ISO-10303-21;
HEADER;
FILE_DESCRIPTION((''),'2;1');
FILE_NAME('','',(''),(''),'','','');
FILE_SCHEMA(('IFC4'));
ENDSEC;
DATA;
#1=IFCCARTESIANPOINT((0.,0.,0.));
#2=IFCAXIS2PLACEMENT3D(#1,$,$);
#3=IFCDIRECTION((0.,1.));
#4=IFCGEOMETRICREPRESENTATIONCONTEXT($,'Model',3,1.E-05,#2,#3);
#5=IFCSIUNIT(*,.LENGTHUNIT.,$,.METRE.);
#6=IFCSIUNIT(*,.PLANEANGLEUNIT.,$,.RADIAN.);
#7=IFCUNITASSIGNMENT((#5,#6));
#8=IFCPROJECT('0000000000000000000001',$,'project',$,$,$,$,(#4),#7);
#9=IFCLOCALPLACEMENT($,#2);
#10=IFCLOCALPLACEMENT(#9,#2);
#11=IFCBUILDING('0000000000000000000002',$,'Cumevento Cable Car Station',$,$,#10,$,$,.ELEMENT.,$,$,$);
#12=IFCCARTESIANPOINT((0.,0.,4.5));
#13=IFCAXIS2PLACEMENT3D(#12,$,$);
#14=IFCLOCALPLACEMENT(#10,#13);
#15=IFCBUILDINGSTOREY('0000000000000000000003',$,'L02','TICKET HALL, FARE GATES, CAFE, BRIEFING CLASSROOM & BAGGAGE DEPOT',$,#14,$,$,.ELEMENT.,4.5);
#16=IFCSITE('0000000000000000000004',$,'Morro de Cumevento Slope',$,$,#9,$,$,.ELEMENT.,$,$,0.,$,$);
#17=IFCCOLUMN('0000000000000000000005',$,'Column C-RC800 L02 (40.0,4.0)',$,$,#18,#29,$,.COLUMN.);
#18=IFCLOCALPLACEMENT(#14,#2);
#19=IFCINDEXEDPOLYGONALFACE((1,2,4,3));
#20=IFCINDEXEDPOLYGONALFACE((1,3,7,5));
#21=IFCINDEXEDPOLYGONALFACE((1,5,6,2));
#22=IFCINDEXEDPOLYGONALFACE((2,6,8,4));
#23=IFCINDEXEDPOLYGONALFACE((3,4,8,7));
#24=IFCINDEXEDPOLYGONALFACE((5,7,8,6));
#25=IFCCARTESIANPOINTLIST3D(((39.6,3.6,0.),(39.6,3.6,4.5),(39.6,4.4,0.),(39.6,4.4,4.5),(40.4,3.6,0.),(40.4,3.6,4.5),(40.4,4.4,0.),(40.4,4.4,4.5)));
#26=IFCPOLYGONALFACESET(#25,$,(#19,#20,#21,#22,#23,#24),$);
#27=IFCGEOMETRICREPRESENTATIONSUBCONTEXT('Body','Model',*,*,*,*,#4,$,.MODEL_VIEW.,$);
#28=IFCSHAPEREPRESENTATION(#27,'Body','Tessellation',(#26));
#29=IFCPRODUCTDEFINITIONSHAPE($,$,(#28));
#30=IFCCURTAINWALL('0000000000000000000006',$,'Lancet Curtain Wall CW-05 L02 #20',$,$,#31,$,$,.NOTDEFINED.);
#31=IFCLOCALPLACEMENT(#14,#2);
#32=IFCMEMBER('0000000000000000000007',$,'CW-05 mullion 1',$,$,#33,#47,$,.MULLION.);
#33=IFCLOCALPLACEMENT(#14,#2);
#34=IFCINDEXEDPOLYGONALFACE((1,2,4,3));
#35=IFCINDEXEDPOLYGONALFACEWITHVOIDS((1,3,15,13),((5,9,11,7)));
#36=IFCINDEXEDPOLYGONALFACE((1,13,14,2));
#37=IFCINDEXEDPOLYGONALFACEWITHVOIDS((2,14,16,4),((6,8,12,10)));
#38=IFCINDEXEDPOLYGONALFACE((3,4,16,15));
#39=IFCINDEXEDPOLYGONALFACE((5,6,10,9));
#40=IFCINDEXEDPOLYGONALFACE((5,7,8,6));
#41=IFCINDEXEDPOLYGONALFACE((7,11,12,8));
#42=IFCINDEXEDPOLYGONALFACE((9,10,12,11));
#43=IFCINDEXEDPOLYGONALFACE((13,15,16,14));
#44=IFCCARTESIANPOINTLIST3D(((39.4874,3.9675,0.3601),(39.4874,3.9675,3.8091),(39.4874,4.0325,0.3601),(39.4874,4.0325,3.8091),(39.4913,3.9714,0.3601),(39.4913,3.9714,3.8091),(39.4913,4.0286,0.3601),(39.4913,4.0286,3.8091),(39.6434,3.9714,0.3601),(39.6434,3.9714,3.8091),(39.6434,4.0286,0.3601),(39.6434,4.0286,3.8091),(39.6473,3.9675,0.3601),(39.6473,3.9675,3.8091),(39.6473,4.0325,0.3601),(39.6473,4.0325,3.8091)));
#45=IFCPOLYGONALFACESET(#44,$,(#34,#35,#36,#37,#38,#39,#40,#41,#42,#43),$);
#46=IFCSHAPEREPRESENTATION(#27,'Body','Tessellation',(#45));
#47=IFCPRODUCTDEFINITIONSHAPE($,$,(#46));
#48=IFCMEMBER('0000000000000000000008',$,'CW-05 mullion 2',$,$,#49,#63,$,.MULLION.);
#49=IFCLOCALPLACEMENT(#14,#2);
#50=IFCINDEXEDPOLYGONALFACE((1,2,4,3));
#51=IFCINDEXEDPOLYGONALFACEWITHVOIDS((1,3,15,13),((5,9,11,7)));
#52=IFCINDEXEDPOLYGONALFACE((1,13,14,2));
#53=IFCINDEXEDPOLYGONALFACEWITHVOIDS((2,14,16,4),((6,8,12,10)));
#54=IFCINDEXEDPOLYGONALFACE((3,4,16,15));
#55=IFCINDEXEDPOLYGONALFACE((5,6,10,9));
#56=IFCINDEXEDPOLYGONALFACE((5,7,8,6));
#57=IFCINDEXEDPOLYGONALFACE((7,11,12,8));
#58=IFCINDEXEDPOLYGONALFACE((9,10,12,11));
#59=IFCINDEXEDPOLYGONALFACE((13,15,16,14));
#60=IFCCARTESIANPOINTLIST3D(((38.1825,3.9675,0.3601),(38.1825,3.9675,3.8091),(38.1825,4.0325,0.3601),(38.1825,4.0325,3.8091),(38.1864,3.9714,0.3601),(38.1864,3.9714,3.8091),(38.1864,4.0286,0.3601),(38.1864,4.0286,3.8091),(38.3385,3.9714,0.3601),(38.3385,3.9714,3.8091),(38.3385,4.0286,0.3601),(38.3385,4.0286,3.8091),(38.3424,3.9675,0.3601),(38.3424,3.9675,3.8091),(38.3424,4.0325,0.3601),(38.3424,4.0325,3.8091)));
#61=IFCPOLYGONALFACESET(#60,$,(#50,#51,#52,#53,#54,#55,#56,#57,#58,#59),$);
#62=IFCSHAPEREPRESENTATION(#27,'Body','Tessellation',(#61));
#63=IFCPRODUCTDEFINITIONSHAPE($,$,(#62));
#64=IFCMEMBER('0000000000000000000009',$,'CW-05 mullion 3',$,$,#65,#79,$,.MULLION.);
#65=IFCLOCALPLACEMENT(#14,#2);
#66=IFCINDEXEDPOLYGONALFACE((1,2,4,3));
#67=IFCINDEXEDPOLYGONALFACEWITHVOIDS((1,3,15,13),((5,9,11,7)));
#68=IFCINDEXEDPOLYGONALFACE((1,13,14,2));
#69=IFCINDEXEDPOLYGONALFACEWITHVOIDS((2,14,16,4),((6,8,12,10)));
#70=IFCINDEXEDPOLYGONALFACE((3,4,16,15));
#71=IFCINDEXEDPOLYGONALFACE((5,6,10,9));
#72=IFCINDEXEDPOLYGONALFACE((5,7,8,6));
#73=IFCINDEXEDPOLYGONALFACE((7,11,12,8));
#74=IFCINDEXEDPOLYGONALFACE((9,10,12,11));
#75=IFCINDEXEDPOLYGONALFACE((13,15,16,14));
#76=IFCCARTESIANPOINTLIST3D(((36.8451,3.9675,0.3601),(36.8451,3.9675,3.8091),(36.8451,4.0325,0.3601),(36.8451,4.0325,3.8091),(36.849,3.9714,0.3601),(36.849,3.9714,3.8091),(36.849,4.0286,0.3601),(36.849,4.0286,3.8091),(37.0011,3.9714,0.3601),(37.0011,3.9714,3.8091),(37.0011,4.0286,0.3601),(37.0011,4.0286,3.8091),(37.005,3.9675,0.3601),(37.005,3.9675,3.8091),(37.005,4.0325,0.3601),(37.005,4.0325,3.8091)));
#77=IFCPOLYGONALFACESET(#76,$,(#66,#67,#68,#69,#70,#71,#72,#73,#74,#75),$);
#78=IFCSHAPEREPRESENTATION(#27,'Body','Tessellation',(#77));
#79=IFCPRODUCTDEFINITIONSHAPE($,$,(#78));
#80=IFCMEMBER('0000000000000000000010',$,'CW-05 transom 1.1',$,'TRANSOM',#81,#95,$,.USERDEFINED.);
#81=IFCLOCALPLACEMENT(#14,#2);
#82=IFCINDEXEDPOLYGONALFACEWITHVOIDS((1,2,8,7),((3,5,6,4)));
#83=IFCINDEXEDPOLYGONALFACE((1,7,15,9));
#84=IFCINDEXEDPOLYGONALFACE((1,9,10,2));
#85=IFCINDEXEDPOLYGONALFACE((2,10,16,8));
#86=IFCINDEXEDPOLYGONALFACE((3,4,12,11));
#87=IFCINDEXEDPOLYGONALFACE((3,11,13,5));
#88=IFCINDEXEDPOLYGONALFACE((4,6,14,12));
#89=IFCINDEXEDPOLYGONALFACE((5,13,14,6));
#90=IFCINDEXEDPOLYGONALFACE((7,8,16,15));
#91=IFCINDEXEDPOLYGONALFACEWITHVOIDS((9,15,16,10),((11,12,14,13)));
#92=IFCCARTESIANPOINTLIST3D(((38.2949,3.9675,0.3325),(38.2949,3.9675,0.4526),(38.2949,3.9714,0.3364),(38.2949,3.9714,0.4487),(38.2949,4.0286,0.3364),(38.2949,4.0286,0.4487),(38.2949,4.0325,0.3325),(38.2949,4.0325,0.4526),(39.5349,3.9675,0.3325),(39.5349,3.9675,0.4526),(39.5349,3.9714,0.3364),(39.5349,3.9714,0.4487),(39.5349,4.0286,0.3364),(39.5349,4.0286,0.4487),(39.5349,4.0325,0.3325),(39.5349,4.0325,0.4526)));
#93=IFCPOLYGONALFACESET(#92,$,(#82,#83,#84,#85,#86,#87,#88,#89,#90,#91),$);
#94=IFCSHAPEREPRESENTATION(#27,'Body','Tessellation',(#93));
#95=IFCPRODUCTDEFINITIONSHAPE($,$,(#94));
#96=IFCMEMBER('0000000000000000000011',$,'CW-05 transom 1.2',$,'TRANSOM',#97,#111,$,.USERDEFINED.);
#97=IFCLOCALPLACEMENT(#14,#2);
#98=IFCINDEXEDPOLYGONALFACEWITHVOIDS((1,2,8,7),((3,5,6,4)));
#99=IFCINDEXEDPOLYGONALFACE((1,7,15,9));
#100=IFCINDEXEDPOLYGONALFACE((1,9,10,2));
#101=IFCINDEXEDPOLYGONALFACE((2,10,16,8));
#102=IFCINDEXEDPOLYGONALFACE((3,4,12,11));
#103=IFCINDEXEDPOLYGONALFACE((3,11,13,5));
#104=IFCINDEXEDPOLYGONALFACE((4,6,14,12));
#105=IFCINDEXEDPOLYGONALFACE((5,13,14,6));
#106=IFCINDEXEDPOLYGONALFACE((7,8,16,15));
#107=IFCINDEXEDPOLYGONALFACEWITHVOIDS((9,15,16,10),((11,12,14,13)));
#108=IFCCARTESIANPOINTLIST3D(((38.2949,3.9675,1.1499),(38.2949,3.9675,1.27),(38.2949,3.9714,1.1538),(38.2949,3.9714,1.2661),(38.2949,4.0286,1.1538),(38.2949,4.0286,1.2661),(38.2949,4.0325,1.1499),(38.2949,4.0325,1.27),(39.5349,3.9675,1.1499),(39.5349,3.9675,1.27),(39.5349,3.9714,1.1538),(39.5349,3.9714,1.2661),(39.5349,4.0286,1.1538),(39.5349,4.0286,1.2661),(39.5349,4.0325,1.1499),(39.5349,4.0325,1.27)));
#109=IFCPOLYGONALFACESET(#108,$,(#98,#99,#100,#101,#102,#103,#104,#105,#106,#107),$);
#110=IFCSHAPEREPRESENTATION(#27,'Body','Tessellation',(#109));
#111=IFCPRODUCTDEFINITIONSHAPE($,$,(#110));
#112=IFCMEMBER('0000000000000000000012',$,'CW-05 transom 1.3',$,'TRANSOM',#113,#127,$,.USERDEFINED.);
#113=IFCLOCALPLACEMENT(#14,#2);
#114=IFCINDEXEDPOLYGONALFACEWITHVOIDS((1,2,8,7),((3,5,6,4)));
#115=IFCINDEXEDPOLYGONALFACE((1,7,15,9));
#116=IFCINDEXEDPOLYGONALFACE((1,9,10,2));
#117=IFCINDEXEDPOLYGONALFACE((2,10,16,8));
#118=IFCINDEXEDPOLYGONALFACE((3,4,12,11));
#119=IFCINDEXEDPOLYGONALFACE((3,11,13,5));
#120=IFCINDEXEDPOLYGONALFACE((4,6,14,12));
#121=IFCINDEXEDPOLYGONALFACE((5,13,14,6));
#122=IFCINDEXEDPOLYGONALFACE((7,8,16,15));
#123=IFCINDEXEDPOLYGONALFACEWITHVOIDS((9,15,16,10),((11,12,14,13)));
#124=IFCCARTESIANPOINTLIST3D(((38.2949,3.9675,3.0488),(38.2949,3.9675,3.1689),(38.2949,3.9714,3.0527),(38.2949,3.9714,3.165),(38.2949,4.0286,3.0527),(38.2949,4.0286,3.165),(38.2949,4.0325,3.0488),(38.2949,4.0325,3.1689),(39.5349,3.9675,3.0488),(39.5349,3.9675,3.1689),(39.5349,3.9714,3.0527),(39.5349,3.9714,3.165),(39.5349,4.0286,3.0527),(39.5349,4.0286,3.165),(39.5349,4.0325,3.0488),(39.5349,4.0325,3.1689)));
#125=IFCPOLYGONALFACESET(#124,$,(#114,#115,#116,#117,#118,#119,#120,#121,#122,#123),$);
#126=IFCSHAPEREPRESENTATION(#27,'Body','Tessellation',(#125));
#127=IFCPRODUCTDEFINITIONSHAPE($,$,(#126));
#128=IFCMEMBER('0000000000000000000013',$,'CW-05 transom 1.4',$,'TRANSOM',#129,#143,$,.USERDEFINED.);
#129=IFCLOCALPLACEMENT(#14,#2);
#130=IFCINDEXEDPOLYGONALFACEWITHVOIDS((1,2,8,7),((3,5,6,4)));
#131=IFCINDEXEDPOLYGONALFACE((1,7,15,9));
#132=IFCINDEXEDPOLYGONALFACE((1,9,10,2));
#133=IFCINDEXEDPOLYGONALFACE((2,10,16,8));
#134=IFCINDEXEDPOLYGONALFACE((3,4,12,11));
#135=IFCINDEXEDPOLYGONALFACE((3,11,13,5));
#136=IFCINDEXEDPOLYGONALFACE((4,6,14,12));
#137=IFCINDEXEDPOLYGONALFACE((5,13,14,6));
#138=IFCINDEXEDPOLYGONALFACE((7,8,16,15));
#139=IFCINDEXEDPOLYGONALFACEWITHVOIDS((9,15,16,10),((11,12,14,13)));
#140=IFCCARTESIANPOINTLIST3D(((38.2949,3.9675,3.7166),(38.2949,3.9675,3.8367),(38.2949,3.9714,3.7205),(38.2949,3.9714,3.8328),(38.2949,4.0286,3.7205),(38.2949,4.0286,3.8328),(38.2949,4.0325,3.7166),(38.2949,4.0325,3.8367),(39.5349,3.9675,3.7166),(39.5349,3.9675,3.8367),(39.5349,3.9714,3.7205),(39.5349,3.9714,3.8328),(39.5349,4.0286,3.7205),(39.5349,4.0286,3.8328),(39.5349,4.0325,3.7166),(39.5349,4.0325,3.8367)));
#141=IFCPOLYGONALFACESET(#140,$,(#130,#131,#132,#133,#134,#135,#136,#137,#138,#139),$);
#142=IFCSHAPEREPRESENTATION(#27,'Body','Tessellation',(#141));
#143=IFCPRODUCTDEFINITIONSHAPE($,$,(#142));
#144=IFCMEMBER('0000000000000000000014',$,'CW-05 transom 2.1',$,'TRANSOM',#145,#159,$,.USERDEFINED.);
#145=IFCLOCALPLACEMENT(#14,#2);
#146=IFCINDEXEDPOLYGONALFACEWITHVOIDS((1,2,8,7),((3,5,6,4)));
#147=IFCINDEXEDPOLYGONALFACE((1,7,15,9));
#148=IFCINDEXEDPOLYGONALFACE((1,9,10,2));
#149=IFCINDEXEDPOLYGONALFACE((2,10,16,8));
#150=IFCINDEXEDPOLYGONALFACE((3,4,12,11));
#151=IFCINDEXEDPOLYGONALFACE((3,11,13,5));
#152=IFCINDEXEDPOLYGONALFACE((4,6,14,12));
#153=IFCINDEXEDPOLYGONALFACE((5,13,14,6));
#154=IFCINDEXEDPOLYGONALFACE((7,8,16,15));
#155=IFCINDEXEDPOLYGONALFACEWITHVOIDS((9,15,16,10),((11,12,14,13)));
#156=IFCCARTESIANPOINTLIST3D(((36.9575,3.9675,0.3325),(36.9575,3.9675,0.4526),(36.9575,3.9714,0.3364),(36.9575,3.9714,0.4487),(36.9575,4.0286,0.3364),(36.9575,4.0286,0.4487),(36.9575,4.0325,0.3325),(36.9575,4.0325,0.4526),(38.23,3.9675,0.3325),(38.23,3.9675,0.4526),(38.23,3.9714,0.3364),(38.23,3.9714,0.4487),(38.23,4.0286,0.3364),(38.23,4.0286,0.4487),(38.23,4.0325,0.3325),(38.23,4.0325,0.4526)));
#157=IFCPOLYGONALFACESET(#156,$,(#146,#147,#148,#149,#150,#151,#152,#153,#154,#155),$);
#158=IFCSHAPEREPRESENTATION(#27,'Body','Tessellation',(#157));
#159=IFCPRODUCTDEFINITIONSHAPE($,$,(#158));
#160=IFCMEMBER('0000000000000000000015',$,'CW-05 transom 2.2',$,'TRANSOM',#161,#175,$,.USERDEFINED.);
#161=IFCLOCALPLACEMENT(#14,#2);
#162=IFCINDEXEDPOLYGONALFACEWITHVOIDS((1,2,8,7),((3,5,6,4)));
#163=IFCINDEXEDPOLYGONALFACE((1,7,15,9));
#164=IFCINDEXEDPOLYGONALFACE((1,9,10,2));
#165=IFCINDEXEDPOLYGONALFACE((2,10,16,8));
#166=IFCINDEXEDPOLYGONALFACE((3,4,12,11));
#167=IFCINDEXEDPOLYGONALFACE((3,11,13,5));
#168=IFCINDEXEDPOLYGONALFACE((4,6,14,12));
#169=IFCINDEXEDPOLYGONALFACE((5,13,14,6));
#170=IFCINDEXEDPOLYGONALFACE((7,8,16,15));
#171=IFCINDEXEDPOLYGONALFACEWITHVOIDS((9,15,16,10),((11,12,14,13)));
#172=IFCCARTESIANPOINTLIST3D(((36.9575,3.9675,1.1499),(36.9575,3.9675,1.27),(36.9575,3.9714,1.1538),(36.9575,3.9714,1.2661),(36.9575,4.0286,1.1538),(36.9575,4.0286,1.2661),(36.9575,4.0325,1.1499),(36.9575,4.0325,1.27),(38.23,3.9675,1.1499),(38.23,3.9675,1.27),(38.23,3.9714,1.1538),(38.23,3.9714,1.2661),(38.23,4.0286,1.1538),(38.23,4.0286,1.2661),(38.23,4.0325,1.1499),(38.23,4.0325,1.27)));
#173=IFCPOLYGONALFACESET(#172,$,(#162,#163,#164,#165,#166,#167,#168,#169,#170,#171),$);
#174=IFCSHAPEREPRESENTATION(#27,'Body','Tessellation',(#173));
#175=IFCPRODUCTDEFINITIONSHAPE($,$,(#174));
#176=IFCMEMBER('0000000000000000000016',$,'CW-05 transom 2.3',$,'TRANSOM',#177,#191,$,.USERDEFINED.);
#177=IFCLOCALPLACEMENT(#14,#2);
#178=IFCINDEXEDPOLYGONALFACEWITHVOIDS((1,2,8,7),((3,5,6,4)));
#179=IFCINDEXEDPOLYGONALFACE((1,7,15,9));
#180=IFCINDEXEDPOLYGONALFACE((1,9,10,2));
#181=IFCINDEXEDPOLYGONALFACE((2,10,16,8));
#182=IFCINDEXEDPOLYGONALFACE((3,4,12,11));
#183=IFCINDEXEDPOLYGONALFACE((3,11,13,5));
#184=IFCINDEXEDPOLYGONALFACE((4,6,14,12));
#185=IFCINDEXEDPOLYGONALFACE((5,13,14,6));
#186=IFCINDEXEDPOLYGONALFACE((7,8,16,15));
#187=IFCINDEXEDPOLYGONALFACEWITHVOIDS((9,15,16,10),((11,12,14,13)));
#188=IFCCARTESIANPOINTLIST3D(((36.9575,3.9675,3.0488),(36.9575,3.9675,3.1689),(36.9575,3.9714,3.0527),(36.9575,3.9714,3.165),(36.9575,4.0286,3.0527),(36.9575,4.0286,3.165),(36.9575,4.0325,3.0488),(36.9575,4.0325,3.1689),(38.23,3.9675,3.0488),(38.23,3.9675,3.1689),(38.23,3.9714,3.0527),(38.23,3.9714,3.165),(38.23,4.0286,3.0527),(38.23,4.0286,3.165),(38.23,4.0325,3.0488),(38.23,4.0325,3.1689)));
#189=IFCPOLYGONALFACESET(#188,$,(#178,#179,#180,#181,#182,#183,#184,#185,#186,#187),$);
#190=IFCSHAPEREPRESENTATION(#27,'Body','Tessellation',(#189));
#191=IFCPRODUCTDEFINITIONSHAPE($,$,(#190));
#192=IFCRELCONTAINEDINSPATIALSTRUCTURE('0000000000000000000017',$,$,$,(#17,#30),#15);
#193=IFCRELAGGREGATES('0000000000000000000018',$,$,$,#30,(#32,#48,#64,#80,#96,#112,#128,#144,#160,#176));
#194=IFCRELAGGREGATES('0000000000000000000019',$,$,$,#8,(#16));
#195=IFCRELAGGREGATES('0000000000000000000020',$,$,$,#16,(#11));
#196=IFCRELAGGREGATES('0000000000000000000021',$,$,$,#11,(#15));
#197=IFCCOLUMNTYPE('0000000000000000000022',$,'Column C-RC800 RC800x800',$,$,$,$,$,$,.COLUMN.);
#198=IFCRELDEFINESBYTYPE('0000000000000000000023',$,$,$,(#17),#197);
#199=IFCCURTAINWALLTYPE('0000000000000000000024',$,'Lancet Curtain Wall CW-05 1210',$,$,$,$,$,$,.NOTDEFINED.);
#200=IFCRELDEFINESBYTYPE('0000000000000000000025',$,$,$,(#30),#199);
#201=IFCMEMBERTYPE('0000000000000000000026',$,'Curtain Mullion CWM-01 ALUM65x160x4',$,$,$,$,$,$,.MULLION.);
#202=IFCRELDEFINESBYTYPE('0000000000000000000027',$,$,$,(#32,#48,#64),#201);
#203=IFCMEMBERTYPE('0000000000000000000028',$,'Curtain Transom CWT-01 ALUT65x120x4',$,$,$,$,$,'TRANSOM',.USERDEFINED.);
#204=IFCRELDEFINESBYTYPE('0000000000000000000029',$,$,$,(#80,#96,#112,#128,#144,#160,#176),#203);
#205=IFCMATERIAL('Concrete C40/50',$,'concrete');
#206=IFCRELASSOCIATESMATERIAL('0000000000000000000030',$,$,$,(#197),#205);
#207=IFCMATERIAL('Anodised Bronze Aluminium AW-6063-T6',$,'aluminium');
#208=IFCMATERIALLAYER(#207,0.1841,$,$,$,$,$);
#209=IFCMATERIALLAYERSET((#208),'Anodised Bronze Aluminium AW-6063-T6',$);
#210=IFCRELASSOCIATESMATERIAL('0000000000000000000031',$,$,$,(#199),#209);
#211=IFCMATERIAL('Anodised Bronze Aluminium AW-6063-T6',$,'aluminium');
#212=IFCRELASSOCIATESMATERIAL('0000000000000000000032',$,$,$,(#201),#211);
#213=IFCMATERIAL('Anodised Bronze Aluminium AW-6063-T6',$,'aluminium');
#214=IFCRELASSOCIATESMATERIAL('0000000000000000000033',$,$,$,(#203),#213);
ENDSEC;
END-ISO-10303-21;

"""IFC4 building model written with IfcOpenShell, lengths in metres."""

from ifc_helpers import new_model, si_unit, direction, frame, origin, origin_2d, place, context, subcontext, project, spatial, rectangle, hollow_rectangle, extrude, material, layer, layer_set, material_profile, profile_set, type_object, element, aggregate, save


model = new_model("IFC4")

# Units and contexts
model_context = context("Model", 3, precision=1e-05, world=origin(), true_north=direction((0.0, 1.0)))
body_context = subcontext(model_context, "Body", "Model", "MODEL_VIEW")
ifc_project = project(units=[si_unit("LENGTHUNIT", "METRE"), si_unit("PLANEANGLEUNIT", "RADIAN")], contexts=[model_context])

# Site, building, storey
site_placement = place(None, origin())
site = spatial("IfcSite", under=ifc_project, at=site_placement, Name="Morro de Cumevento Slope", CompositionType="ELEMENT", RefElevation=0.0)
building_placement = place(site_placement, origin())
building = spatial("IfcBuilding", under=site, at=building_placement, Name="Cumevento Cable Car Station", CompositionType="ELEMENT")
storey_placement = place(building_placement, frame((0.0, 0.0, 4.5)))
storey = spatial("IfcBuildingStorey", under=building, at=storey_placement, Name="L02", Description="TICKET HALL, FARE GATES, CAFE, BRIEFING CLASSROOM & BAGGAGE DEPOT", CompositionType="ELEMENT", Elevation=4.5)

# Column
ifc_material_1 = material(Name="Concrete C40/50", Category="concrete")
ifc_material_profile_1 = material_profile(ifc_material_1, rectangle(XDim=0.8, YDim=0.8, at=origin_2d()), Name="RC800x800")
ifc_profile_set_1 = profile_set([ifc_material_profile_1], Name="Concrete C40/50")
column_type = type_object("IfcColumnType", Name="Column C-RC800 RC800x800", PredefinedType="COLUMN", material=ifc_profile_set_1)
column_placement = place(storey_placement, frame((40.0, 4.0, 0.0), z_axis=(0.0, 0.0, 1.0), x_axis=(1.0, 0.0, 0.0)))
element("IfcColumn", 1, at=column_placement, inside=storey, type_object=column_type, Name="Column C-RC800 L02 (40.0,4.0)", PredefinedType="COLUMN", context=body_context, shape_type="SweptSolid", body=[
    extrude(rectangle(XDim=0.8, YDim=0.8, at=origin_2d()), origin(), (0.0, 0.0, 1.0), 4.5),
])

# Curtain wall, members
ifc_material_2 = material(Name="Anodised Bronze Aluminium AW-6063-T6", Category="aluminium")
ifc_layer_1 = layer(ifc_material_2, 0.1841)
ifc_layer_set_1 = layer_set([ifc_layer_1], Name="Anodised Bronze Aluminium AW-6063-T6")
curtain_wall_type = type_object("IfcCurtainWallType", Name="Lancet Curtain Wall CW-05 1210", PredefinedType="NOTDEFINED", material=ifc_layer_set_1)
curtain_wall_placement = place(storey_placement, origin())
curtain_wall = element("IfcCurtainWall", 2, at=curtain_wall_placement, inside=storey, type_object=curtain_wall_type, Name="Lancet Curtain Wall CW-05 L02 #20", PredefinedType="NOTDEFINED")
ifc_material_3 = material(Name="Anodised Bronze Aluminium AW-6063-T6", Category="aluminium")
ifc_material_profile_2 = material_profile(ifc_material_3, hollow_rectangle(XDim=0.0649, YDim=0.1599, WallThickness=0.0039, at=origin_2d()), Name="ALUM65x160x4")
ifc_profile_set_2 = profile_set([ifc_material_profile_2], Name="Anodised Bronze Aluminium AW-6063-T6")
member_type_1 = type_object("IfcMemberType", Name="Curtain Mullion CWM-01 ALUM65x160x4", PredefinedType="MULLION", material=ifc_profile_set_2)
member_1_placement = place(storey_placement, frame((39.5674, 4.0, 0.3601), z_axis=(0.0, 0.0, 1.0), x_axis=(0.0, -1.0, 0.0)))
member_1 = element("IfcMember", 3, at=member_1_placement, type_object=member_type_1, Name="CW-05 mullion 1", PredefinedType="MULLION", context=body_context, shape_type="SweptSolid", body=[
    extrude(hollow_rectangle(XDim=0.0649, YDim=0.1599, WallThickness=0.0039, at=origin_2d()), origin(), (0.0, 0.0, 1.0), 3.449),
])
member_2_placement = place(storey_placement, frame((38.2625, 4.0, 0.3601), z_axis=(0.0, 0.0, 1.0), x_axis=(0.0, -1.0, 0.0)))
member_2 = element("IfcMember", 4, at=member_2_placement, type_object=member_type_1, Name="CW-05 mullion 2", PredefinedType="MULLION", context=body_context, shape_type="SweptSolid", body=[
    extrude(hollow_rectangle(XDim=0.0649, YDim=0.1599, WallThickness=0.0039, at=origin_2d()), origin(), (0.0, 0.0, 1.0), 3.449),
])
member_3_placement = place(storey_placement, frame((36.925, 4.0, 0.3601), z_axis=(0.0, 0.0, 1.0), x_axis=(0.0, -1.0, 0.0)))
member_3 = element("IfcMember", 5, at=member_3_placement, type_object=member_type_1, Name="CW-05 mullion 3", PredefinedType="MULLION", context=body_context, shape_type="SweptSolid", body=[
    extrude(hollow_rectangle(XDim=0.0649, YDim=0.1599, WallThickness=0.0039, at=origin_2d()), origin(), (0.0, 0.0, 1.0), 3.449),
])
ifc_material_4 = material(Name="Anodised Bronze Aluminium AW-6063-T6", Category="aluminium")
ifc_material_profile_3 = material_profile(ifc_material_4, hollow_rectangle(XDim=0.0649, YDim=0.1201, WallThickness=0.0039, at=origin_2d()), Name="ALUT65x120x4")
ifc_profile_set_3 = profile_set([ifc_material_profile_3], Name="Anodised Bronze Aluminium AW-6063-T6")
member_type_2 = type_object("IfcMemberType", Name="Curtain Transom CWT-01 ALUT65x120x4", ElementType="TRANSOM", PredefinedType="USERDEFINED", material=ifc_profile_set_3)
member_4_placement = place(storey_placement, frame((39.5349, 4.0, 0.3926), z_axis=(-1.0, 0.0, 0.0), x_axis=(0.0, -1.0, 0.0)))
member_4 = element("IfcMember", 6, at=member_4_placement, type_object=member_type_2, Name="CW-05 transom 1.1", ObjectType="TRANSOM", PredefinedType="USERDEFINED", context=body_context, shape_type="SweptSolid", body=[
    extrude(hollow_rectangle(XDim=0.0649, YDim=0.1201, WallThickness=0.0039, at=origin_2d()), origin(), (0.0, 0.0, 1.0), 1.24),
])
member_5_placement = place(storey_placement, frame((39.5349, 4.0, 1.21), z_axis=(-1.0, 0.0, 0.0), x_axis=(0.0, -1.0, 0.0)))
member_5 = element("IfcMember", 7, at=member_5_placement, type_object=member_type_2, Name="CW-05 transom 1.2", ObjectType="TRANSOM", PredefinedType="USERDEFINED", context=body_context, shape_type="SweptSolid", body=[
    extrude(hollow_rectangle(XDim=0.0649, YDim=0.1201, WallThickness=0.0039, at=origin_2d()), origin(), (0.0, 0.0, 1.0), 1.24),
])
member_6_placement = place(storey_placement, frame((39.5349, 4.0, 3.1089), z_axis=(-1.0, 0.0, 0.0), x_axis=(0.0, -1.0, 0.0)))
member_6 = element("IfcMember", 8, at=member_6_placement, type_object=member_type_2, Name="CW-05 transom 1.3", ObjectType="TRANSOM", PredefinedType="USERDEFINED", context=body_context, shape_type="SweptSolid", body=[
    extrude(hollow_rectangle(XDim=0.0649, YDim=0.1201, WallThickness=0.0039, at=origin_2d()), origin(), (0.0, 0.0, 1.0), 1.24),
])
member_7_placement = place(storey_placement, frame((39.5349, 4.0, 3.7766), z_axis=(-1.0, 0.0, 0.0), x_axis=(0.0, -1.0, 0.0)))
member_7 = element("IfcMember", 9, at=member_7_placement, type_object=member_type_2, Name="CW-05 transom 1.4", ObjectType="TRANSOM", PredefinedType="USERDEFINED", context=body_context, shape_type="SweptSolid", body=[
    extrude(hollow_rectangle(XDim=0.0649, YDim=0.1201, WallThickness=0.0039, at=origin_2d()), origin(), (0.0, 0.0, 1.0), 1.24),
])
member_8_placement = place(storey_placement, frame((38.23, 4.0, 0.3926), z_axis=(-1.0, 0.0, 0.0), x_axis=(0.0, -1.0, 0.0)))
member_8 = element("IfcMember", 10, at=member_8_placement, type_object=member_type_2, Name="CW-05 transom 2.1", ObjectType="TRANSOM", PredefinedType="USERDEFINED", context=body_context, shape_type="SweptSolid", body=[
    extrude(hollow_rectangle(XDim=0.0649, YDim=0.1201, WallThickness=0.0039, at=origin_2d()), origin(), (0.0, 0.0, 1.0), 1.2725),
])
member_9_placement = place(storey_placement, frame((38.23, 4.0, 1.21), z_axis=(-1.0, 0.0, 0.0), x_axis=(0.0, -1.0, 0.0)))
member_9 = element("IfcMember", 11, at=member_9_placement, type_object=member_type_2, Name="CW-05 transom 2.2", ObjectType="TRANSOM", PredefinedType="USERDEFINED", context=body_context, shape_type="SweptSolid", body=[
    extrude(hollow_rectangle(XDim=0.0649, YDim=0.1201, WallThickness=0.0039, at=origin_2d()), origin(), (0.0, 0.0, 1.0), 1.2725),
])
member_10_placement = place(storey_placement, frame((38.23, 4.0, 3.1089), z_axis=(-1.0, 0.0, 0.0), x_axis=(0.0, -1.0, 0.0)))
member_10 = element("IfcMember", 12, at=member_10_placement, type_object=member_type_2, Name="CW-05 transom 2.3", ObjectType="TRANSOM", PredefinedType="USERDEFINED", context=body_context, shape_type="SweptSolid", body=[
    extrude(hollow_rectangle(XDim=0.0649, YDim=0.1201, WallThickness=0.0039, at=origin_2d()), origin(), (0.0, 0.0, 1.0), 1.2725),
])

aggregate(curtain_wall, [member_1, member_2, member_3, member_4, member_5, member_6, member_7, member_8, member_9, member_10])

save(model, "model.ifc")
